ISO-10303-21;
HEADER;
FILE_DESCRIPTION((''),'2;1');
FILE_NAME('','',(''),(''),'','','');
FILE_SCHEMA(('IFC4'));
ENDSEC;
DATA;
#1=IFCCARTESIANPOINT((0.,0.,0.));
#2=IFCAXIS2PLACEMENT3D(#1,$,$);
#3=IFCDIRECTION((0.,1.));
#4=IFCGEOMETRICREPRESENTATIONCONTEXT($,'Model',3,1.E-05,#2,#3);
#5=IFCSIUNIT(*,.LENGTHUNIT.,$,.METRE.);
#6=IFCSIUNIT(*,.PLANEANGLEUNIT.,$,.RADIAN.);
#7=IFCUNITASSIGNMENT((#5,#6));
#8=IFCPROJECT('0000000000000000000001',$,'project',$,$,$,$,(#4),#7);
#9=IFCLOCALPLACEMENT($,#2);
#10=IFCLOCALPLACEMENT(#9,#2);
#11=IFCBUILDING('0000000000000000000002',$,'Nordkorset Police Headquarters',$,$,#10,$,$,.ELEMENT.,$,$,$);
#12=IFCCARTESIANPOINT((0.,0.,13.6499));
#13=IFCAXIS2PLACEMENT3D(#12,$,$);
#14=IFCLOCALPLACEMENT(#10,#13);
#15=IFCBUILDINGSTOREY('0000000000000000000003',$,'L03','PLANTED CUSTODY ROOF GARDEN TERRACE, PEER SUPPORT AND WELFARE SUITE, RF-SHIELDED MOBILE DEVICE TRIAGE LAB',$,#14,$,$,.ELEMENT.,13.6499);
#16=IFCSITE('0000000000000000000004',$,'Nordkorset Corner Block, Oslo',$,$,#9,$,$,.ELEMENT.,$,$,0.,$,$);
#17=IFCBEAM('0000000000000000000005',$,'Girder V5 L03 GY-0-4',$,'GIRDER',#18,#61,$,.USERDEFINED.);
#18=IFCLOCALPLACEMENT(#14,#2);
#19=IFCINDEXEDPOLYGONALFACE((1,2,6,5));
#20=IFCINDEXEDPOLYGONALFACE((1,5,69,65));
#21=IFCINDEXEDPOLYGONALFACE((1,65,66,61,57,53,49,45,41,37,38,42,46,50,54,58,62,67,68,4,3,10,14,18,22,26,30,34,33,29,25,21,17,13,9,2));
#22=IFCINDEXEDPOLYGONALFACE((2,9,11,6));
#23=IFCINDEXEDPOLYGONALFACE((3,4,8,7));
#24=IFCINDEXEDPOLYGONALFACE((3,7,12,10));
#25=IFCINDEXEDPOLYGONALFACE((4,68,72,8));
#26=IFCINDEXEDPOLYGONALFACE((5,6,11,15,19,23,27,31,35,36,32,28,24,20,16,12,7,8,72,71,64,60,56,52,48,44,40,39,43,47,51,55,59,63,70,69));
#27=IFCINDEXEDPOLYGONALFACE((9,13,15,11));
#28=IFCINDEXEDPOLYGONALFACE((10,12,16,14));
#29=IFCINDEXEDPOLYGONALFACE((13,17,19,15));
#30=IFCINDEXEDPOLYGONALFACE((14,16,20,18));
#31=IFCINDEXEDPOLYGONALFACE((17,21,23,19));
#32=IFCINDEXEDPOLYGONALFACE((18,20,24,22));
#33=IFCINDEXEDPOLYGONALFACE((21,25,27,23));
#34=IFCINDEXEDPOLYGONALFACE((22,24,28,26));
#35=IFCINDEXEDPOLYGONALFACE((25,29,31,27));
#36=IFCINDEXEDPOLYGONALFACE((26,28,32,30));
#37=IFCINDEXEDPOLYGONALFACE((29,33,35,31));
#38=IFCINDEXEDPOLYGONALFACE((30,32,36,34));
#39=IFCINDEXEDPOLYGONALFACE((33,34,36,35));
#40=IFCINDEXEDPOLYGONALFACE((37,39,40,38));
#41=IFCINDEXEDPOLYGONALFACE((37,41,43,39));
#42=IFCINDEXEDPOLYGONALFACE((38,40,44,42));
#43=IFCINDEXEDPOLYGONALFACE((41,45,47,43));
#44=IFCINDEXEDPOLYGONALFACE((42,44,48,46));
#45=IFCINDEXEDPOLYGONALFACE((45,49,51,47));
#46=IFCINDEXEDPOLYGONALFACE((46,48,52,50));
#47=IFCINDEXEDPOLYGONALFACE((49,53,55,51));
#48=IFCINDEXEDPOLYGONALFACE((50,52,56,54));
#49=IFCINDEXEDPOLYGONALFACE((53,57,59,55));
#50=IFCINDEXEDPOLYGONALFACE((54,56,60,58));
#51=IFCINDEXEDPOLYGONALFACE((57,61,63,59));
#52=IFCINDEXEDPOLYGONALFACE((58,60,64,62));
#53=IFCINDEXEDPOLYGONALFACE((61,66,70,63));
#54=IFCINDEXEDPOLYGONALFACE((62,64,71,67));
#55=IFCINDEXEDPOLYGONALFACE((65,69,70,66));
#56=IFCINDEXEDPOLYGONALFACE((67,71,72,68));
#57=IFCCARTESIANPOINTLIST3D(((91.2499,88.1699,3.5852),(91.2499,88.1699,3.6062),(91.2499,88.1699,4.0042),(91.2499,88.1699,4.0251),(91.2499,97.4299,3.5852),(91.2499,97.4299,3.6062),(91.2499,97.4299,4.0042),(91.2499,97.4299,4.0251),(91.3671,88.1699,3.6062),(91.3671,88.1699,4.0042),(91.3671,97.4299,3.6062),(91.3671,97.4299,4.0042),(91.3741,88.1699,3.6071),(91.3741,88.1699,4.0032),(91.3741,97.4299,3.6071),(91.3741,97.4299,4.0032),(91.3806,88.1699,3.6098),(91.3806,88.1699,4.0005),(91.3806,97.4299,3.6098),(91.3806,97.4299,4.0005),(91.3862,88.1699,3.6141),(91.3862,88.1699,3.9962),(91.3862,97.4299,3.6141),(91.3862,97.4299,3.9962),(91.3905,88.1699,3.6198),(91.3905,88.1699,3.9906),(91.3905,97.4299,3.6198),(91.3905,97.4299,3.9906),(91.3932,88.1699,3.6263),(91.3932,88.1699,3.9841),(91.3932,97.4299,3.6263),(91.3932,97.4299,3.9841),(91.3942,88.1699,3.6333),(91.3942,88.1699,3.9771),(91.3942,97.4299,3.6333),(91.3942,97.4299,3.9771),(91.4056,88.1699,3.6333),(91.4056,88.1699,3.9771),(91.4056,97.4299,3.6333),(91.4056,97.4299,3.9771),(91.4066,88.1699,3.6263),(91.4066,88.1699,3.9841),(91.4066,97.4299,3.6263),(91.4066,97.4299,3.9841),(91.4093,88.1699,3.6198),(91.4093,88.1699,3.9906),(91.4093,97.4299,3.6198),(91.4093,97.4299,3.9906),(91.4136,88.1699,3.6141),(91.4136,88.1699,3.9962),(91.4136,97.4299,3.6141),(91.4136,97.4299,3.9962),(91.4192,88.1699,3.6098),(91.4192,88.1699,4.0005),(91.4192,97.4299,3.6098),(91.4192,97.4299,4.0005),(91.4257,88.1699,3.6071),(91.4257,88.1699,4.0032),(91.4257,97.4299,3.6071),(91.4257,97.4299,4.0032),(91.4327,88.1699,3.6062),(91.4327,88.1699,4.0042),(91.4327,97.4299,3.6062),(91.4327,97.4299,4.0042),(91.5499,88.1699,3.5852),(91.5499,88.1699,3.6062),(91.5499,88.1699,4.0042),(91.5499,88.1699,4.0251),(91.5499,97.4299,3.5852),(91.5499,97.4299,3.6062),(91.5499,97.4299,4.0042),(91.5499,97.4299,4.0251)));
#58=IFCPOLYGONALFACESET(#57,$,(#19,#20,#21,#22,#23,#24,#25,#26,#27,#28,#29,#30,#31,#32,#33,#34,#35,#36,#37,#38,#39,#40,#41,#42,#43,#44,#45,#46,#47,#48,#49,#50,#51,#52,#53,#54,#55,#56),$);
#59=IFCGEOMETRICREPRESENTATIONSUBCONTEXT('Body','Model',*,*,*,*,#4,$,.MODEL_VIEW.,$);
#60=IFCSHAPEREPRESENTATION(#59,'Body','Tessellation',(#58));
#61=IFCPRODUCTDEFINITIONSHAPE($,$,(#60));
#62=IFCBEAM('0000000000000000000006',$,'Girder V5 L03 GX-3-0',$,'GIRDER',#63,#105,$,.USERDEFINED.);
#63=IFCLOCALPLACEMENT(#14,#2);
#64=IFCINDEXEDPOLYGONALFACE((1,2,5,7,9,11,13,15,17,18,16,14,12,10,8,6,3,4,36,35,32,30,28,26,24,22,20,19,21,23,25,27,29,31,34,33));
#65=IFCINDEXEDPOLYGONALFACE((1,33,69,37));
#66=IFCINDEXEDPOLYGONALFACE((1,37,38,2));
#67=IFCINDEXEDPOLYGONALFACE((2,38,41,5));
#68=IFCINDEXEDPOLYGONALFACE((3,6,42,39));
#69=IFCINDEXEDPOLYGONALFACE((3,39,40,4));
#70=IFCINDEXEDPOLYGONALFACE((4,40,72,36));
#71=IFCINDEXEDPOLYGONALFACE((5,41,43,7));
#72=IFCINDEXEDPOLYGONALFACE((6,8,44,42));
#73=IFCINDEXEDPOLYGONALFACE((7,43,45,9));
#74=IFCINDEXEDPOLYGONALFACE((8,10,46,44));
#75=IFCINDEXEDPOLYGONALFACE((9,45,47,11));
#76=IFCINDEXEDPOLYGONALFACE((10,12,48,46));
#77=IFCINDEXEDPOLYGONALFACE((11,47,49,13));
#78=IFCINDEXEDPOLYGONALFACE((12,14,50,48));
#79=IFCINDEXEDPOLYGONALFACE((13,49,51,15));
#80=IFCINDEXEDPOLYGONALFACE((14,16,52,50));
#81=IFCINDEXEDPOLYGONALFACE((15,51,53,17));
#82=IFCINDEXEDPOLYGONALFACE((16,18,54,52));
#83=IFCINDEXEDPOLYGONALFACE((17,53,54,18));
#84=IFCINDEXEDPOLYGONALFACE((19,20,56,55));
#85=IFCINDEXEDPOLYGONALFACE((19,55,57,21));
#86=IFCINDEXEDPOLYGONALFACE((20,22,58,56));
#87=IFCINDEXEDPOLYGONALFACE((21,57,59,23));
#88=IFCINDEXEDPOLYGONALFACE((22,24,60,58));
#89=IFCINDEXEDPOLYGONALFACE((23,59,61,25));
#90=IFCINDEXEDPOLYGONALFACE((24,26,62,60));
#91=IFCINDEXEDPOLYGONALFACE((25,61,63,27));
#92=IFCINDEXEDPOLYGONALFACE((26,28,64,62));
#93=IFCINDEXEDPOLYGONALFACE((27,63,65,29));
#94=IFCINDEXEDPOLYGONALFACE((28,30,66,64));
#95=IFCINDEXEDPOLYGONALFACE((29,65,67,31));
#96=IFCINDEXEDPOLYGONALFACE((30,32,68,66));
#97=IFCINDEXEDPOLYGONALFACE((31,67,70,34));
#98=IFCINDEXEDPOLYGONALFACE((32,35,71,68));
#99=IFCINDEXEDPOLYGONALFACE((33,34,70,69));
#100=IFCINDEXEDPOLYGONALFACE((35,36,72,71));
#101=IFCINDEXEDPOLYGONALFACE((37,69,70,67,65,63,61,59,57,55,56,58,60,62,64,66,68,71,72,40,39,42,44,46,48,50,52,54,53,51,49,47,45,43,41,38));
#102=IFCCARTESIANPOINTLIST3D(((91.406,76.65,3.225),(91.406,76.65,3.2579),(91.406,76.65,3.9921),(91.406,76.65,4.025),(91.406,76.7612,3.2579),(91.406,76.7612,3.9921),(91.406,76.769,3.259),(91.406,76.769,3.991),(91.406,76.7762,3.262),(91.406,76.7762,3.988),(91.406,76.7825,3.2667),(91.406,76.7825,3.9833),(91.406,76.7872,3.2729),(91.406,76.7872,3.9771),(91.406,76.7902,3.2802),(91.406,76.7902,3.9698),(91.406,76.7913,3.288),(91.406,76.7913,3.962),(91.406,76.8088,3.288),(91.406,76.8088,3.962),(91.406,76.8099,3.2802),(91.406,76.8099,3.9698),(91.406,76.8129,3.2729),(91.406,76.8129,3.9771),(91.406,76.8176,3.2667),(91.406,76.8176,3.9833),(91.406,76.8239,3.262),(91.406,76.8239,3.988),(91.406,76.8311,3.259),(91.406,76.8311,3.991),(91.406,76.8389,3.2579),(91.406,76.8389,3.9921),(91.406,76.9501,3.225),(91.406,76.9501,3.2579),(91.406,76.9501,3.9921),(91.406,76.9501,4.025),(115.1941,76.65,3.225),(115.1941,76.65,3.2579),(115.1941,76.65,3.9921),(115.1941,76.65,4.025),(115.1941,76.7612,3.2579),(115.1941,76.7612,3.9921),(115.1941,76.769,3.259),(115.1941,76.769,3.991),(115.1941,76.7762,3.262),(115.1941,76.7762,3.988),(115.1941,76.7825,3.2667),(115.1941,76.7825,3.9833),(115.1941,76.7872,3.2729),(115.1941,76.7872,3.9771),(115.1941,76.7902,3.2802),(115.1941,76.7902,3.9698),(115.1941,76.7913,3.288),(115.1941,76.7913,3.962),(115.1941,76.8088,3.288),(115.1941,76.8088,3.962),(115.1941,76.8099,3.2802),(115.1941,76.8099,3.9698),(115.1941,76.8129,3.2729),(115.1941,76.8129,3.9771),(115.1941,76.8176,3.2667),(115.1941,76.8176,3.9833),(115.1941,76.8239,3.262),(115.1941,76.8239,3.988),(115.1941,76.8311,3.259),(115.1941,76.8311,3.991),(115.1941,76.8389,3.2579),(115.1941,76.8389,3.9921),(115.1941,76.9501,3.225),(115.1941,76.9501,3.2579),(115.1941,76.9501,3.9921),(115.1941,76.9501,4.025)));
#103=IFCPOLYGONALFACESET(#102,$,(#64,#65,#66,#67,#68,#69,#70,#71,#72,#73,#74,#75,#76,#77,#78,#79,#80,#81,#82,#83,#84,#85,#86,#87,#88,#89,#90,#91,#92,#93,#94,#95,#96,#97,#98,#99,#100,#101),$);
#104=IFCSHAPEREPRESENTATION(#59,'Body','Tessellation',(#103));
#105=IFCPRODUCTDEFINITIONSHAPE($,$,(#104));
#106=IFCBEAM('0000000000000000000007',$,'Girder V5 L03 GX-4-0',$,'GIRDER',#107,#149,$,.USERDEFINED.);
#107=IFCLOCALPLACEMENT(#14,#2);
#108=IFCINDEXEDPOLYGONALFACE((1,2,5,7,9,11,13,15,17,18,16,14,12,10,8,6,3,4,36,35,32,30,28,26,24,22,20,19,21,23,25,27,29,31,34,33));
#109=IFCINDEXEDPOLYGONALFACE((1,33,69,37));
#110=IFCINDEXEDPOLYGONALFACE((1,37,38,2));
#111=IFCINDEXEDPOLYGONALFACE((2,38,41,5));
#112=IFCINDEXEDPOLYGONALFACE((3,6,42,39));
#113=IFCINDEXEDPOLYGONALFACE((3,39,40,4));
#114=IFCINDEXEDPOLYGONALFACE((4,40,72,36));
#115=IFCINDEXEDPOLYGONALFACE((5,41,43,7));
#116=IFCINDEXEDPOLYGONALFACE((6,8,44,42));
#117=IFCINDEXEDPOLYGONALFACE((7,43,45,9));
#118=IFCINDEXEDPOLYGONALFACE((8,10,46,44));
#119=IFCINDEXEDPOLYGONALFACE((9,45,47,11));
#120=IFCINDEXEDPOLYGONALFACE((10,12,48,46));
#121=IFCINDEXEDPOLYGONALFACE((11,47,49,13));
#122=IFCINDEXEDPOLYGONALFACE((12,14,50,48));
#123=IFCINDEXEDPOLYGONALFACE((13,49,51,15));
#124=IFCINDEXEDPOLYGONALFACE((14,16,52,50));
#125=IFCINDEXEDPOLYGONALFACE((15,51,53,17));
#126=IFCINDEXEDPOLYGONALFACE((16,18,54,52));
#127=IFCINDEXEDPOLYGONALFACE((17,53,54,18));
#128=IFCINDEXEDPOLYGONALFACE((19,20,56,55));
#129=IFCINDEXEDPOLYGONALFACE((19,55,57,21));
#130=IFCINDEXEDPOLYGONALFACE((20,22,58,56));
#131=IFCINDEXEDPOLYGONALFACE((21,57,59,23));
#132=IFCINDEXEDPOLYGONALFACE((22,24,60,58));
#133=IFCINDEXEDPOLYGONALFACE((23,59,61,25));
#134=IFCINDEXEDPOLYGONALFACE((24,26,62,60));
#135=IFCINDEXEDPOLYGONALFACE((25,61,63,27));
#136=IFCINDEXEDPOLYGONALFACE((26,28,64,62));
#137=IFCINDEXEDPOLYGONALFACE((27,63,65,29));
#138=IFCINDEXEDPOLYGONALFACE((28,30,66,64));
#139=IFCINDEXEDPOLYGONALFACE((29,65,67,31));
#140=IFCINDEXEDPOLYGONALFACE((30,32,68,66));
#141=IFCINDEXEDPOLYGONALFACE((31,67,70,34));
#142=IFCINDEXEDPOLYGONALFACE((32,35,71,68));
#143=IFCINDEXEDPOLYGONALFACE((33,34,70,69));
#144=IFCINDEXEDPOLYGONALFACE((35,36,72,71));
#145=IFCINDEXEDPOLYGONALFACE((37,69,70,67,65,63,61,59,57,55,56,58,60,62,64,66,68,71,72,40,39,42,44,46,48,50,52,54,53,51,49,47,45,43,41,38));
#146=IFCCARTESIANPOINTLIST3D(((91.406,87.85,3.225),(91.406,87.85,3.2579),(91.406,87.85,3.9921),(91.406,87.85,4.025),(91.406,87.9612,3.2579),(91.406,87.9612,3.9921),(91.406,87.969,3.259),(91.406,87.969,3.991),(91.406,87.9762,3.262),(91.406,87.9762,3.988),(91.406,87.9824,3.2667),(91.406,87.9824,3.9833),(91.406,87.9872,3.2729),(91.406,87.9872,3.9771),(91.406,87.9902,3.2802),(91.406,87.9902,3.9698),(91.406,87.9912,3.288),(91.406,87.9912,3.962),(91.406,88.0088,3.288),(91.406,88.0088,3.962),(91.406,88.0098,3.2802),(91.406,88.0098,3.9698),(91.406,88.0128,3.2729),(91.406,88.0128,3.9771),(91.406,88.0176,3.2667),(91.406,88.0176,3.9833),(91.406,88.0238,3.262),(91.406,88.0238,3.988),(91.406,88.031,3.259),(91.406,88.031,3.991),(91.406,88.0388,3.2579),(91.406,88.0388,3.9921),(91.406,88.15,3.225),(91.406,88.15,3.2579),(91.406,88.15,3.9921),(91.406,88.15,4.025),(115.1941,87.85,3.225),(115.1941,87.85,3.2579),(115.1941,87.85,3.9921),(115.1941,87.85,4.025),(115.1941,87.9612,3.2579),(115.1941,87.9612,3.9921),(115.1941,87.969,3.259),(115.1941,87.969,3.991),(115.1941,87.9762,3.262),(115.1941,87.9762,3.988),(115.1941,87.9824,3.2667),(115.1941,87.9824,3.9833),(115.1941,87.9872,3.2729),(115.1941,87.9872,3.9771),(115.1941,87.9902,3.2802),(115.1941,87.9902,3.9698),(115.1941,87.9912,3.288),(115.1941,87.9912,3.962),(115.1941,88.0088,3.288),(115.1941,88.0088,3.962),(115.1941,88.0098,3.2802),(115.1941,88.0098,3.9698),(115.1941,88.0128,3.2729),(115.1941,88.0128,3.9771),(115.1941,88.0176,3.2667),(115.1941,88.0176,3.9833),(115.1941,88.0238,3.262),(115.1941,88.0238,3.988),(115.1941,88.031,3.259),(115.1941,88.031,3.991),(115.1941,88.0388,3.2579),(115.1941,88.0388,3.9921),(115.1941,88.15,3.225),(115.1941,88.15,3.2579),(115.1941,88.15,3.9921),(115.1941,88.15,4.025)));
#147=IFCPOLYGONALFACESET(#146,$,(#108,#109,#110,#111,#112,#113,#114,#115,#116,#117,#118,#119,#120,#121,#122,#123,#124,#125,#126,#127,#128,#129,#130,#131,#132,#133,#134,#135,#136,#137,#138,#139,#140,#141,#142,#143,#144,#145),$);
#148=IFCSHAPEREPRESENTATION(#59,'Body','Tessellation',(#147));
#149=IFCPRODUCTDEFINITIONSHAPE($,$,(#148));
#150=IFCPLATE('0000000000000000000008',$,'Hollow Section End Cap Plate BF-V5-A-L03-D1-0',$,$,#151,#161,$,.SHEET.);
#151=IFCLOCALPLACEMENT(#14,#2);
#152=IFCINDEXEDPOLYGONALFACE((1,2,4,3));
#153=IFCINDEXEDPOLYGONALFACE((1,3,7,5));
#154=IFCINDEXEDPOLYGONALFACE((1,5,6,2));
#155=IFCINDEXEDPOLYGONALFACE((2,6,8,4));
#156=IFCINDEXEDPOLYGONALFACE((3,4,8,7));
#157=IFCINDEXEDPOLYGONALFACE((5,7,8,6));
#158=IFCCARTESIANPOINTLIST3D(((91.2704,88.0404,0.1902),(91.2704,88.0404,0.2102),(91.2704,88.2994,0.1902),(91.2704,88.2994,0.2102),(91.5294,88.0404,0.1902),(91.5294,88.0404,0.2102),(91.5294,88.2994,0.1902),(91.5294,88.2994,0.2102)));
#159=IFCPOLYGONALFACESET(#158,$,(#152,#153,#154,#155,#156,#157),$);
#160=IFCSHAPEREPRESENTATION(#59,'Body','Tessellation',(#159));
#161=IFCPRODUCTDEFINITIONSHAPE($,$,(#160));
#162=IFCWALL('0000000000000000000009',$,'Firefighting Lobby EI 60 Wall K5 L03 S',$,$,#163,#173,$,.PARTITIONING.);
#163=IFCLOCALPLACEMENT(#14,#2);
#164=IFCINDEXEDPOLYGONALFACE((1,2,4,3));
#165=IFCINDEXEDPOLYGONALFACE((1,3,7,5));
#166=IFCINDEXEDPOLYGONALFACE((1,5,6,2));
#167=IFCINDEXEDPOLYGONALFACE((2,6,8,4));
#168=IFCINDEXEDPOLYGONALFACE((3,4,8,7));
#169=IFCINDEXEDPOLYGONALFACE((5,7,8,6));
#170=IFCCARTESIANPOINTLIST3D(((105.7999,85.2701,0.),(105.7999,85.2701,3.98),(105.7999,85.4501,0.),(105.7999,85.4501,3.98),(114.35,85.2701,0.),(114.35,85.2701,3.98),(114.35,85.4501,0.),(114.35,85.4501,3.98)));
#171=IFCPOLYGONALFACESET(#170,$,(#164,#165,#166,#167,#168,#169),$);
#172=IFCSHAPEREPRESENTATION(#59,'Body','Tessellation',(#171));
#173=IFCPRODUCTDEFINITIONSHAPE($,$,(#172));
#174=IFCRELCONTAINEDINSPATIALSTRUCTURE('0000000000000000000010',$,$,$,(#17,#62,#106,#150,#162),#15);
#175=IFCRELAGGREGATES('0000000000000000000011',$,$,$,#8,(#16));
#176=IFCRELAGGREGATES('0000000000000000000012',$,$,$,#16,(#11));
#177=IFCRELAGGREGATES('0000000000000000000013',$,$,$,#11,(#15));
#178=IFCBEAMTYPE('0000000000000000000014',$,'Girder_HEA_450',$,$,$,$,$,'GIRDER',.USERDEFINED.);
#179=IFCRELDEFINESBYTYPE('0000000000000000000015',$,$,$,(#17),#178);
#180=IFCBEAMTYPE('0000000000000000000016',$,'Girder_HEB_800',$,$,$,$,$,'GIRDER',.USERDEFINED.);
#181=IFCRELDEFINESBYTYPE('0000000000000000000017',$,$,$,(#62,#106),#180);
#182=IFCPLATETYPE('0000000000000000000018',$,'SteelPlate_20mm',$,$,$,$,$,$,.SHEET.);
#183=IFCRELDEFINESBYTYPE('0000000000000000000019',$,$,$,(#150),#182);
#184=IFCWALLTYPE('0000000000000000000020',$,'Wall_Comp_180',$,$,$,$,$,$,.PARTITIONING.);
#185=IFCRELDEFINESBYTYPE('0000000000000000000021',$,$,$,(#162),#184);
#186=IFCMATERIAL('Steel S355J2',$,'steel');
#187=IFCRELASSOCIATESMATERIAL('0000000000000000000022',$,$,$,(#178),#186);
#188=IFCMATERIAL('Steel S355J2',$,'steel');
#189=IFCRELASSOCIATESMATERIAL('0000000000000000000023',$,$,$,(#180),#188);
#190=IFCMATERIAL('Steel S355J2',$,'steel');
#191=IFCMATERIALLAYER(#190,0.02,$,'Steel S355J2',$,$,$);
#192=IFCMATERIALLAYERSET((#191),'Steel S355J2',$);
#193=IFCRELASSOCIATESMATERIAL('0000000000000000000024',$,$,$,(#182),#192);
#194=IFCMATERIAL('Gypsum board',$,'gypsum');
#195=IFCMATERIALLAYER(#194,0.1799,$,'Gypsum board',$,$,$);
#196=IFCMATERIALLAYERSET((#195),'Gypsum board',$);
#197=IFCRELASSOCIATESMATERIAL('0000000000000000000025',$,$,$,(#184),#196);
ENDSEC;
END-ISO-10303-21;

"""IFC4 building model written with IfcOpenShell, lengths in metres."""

from ifc_helpers import new_model, si_unit, direction, frame, frame_2d, origin, origin_2d, place, context, subcontext, project, spatial, rectangle, i_section, extrude, material, layer, layer_set, material_profile, profile_set, type_object, element, save


model = new_model("IFC4")

# Units and contexts
model_context = context("Model", 3, precision=1e-05, world=origin(), true_north=direction((0.0, 1.0)))
body_context = subcontext(model_context, "Body", "Model", "MODEL_VIEW")
ifc_project = project(units=[si_unit("LENGTHUNIT", "METRE"), si_unit("PLANEANGLEUNIT", "RADIAN")], contexts=[model_context])

# Site, building, storey
site_placement = place(None, origin())
site = spatial("IfcSite", under=ifc_project, at=site_placement, Name="Nordkorset Corner Block, Oslo", CompositionType="ELEMENT", RefElevation=0.0)
building_placement = place(site_placement, origin())
building = spatial("IfcBuilding", under=site, at=building_placement, Name="Nordkorset Police Headquarters", CompositionType="ELEMENT")
storey_placement = place(building_placement, frame((0.0, 0.0, 13.6499)))
storey = spatial("IfcBuildingStorey", under=building, at=storey_placement, Name="L03", Description="PLANTED CUSTODY ROOF GARDEN TERRACE, PEER SUPPORT AND WELFARE SUITE, RF-SHIELDED MOBILE DEVICE TRIAGE LAB", CompositionType="ELEMENT", Elevation=13.6499)

# Beams
ifc_material_1 = material(Name="Steel S355J2", Category="steel")
ifc_material_profile_1 = material_profile(ifc_material_1, i_section(OverallWidth=0.3, OverallDepth=0.4399, WebThickness=0.0115, FlangeThickness=0.021, FilletRadius=0.0271, at=origin_2d()), Name="HEA 450")
ifc_profile_set_1 = profile_set([ifc_material_profile_1], Name="Steel S355J2")
beam_type_1 = type_object("IfcBeamType", Name="Girder_HEA_450", ElementType="GIRDER", PredefinedType="USERDEFINED", material=ifc_profile_set_1)
beam_1_placement = place(storey_placement, frame((91.3999, 88.1699, 3.8052), z_axis=(0.0, 1.0, 0.0), x_axis=(-1.0, 0.0, 0.0)))
element("IfcBeam", 1, at=beam_1_placement, inside=storey, type_object=beam_type_1, Name="Girder V5 L03 GY-0-4", ObjectType="GIRDER", PredefinedType="USERDEFINED", context=body_context, shape_type="SweptSolid", body=[
    extrude(i_section(OverallWidth=0.3, OverallDepth=0.4399, WebThickness=0.0115, FlangeThickness=0.021, FilletRadius=0.0271, at=origin_2d()), origin(), (0.0, 0.0, 1.0), 9.26),
])
ifc_material_2 = material(Name="Steel S355J2", Category="steel")
ifc_material_profile_2 = material_profile(ifc_material_2, i_section(OverallWidth=0.3, OverallDepth=0.8, WebThickness=0.0176, FlangeThickness=0.033, FilletRadius=0.03, at=origin_2d()), Name="HEB 800")
ifc_profile_set_2 = profile_set([ifc_material_profile_2], Name="Steel S355J2")
beam_type_2 = type_object("IfcBeamType", Name="Girder_HEB_800", ElementType="GIRDER", PredefinedType="USERDEFINED", material=ifc_profile_set_2)
for number, where, z_axis, x_axis, name in (
    (2, (91.406, 76.8, 3.625), (1.0, 0.0, 0.0), (0.0, 1.0, 0.0), "Girder V5 L03 GX-3-0"),
    (3, (91.406, 88.0, 3.625), (1.0, 0.0, 0.0), (0.0, 1.0, 0.0), "Girder V5 L03 GX-4-0"),
):
    element("IfcBeam", number, at=place(storey_placement, frame(where, z_axis=z_axis, x_axis=x_axis)), inside=storey, type_object=beam_type_2, Name=name, ObjectType="GIRDER", PredefinedType="USERDEFINED", context=body_context, shape_type="SweptSolid", body=[
        extrude(i_section(OverallWidth=0.3, OverallDepth=0.8, WebThickness=0.0176, FlangeThickness=0.033, FilletRadius=0.03, at=origin_2d()), origin(), (0.0, 0.0, 1.0), 23.7881),
    ])

# Plate
ifc_material_3 = material(Name="Steel S355J2", Category="steel")
ifc_layer_1 = layer(ifc_material_3, 0.02, Name="Steel S355J2")
ifc_layer_set_1 = layer_set([ifc_layer_1], Name="Steel S355J2")
plate_type = type_object("IfcPlateType", Name="SteelPlate_20mm", PredefinedType="SHEET", material=ifc_layer_set_1)
plate_placement = place(storey_placement, frame((91.3999, 88.1699, 0.1902), z_axis=(0.0, 0.0, 1.0), x_axis=(1.0, 0.0, 0.0)))
element("IfcPlate", 4, at=plate_placement, inside=storey, type_object=plate_type, Name="Hollow Section End Cap Plate BF-V5-A-L03-D1-0", PredefinedType="SHEET", context=body_context, shape_type="SweptSolid", body=[
    extrude(rectangle(XDim=0.259, YDim=0.259, at=origin_2d()), origin(), (0.0, 0.0, 1.0), 0.02),
])

# Wall
ifc_material_4 = material(Name="Gypsum board", Category="gypsum")
ifc_layer_2 = layer(ifc_material_4, 0.1799, Name="Gypsum board")
ifc_layer_set_2 = layer_set([ifc_layer_2], Name="Gypsum board")
wall_type_1 = type_object("IfcWallType", Name="Wall_Comp_180", PredefinedType="PARTITIONING", material=ifc_layer_set_2)
wall_1_placement = place(storey_placement, frame((105.8, 85.3601, 0.0), z_axis=(0.0, 0.0, 1.0), x_axis=(1.0, 0.0, 0.0)))
element("IfcWall", 5, at=wall_1_placement, inside=storey, type_object=wall_type_1, Name="Firefighting Lobby EI 60 Wall K5 L03 S", PredefinedType="PARTITIONING", context=body_context, shape_type="SweptSolid", body=[
    extrude(rectangle(XDim=8.55, YDim=0.1799, at=frame_2d((4.2749, 0.0))), origin(), (0.0, 0.0, 1.0), 3.98),
])

save(model, "model.ifc")
